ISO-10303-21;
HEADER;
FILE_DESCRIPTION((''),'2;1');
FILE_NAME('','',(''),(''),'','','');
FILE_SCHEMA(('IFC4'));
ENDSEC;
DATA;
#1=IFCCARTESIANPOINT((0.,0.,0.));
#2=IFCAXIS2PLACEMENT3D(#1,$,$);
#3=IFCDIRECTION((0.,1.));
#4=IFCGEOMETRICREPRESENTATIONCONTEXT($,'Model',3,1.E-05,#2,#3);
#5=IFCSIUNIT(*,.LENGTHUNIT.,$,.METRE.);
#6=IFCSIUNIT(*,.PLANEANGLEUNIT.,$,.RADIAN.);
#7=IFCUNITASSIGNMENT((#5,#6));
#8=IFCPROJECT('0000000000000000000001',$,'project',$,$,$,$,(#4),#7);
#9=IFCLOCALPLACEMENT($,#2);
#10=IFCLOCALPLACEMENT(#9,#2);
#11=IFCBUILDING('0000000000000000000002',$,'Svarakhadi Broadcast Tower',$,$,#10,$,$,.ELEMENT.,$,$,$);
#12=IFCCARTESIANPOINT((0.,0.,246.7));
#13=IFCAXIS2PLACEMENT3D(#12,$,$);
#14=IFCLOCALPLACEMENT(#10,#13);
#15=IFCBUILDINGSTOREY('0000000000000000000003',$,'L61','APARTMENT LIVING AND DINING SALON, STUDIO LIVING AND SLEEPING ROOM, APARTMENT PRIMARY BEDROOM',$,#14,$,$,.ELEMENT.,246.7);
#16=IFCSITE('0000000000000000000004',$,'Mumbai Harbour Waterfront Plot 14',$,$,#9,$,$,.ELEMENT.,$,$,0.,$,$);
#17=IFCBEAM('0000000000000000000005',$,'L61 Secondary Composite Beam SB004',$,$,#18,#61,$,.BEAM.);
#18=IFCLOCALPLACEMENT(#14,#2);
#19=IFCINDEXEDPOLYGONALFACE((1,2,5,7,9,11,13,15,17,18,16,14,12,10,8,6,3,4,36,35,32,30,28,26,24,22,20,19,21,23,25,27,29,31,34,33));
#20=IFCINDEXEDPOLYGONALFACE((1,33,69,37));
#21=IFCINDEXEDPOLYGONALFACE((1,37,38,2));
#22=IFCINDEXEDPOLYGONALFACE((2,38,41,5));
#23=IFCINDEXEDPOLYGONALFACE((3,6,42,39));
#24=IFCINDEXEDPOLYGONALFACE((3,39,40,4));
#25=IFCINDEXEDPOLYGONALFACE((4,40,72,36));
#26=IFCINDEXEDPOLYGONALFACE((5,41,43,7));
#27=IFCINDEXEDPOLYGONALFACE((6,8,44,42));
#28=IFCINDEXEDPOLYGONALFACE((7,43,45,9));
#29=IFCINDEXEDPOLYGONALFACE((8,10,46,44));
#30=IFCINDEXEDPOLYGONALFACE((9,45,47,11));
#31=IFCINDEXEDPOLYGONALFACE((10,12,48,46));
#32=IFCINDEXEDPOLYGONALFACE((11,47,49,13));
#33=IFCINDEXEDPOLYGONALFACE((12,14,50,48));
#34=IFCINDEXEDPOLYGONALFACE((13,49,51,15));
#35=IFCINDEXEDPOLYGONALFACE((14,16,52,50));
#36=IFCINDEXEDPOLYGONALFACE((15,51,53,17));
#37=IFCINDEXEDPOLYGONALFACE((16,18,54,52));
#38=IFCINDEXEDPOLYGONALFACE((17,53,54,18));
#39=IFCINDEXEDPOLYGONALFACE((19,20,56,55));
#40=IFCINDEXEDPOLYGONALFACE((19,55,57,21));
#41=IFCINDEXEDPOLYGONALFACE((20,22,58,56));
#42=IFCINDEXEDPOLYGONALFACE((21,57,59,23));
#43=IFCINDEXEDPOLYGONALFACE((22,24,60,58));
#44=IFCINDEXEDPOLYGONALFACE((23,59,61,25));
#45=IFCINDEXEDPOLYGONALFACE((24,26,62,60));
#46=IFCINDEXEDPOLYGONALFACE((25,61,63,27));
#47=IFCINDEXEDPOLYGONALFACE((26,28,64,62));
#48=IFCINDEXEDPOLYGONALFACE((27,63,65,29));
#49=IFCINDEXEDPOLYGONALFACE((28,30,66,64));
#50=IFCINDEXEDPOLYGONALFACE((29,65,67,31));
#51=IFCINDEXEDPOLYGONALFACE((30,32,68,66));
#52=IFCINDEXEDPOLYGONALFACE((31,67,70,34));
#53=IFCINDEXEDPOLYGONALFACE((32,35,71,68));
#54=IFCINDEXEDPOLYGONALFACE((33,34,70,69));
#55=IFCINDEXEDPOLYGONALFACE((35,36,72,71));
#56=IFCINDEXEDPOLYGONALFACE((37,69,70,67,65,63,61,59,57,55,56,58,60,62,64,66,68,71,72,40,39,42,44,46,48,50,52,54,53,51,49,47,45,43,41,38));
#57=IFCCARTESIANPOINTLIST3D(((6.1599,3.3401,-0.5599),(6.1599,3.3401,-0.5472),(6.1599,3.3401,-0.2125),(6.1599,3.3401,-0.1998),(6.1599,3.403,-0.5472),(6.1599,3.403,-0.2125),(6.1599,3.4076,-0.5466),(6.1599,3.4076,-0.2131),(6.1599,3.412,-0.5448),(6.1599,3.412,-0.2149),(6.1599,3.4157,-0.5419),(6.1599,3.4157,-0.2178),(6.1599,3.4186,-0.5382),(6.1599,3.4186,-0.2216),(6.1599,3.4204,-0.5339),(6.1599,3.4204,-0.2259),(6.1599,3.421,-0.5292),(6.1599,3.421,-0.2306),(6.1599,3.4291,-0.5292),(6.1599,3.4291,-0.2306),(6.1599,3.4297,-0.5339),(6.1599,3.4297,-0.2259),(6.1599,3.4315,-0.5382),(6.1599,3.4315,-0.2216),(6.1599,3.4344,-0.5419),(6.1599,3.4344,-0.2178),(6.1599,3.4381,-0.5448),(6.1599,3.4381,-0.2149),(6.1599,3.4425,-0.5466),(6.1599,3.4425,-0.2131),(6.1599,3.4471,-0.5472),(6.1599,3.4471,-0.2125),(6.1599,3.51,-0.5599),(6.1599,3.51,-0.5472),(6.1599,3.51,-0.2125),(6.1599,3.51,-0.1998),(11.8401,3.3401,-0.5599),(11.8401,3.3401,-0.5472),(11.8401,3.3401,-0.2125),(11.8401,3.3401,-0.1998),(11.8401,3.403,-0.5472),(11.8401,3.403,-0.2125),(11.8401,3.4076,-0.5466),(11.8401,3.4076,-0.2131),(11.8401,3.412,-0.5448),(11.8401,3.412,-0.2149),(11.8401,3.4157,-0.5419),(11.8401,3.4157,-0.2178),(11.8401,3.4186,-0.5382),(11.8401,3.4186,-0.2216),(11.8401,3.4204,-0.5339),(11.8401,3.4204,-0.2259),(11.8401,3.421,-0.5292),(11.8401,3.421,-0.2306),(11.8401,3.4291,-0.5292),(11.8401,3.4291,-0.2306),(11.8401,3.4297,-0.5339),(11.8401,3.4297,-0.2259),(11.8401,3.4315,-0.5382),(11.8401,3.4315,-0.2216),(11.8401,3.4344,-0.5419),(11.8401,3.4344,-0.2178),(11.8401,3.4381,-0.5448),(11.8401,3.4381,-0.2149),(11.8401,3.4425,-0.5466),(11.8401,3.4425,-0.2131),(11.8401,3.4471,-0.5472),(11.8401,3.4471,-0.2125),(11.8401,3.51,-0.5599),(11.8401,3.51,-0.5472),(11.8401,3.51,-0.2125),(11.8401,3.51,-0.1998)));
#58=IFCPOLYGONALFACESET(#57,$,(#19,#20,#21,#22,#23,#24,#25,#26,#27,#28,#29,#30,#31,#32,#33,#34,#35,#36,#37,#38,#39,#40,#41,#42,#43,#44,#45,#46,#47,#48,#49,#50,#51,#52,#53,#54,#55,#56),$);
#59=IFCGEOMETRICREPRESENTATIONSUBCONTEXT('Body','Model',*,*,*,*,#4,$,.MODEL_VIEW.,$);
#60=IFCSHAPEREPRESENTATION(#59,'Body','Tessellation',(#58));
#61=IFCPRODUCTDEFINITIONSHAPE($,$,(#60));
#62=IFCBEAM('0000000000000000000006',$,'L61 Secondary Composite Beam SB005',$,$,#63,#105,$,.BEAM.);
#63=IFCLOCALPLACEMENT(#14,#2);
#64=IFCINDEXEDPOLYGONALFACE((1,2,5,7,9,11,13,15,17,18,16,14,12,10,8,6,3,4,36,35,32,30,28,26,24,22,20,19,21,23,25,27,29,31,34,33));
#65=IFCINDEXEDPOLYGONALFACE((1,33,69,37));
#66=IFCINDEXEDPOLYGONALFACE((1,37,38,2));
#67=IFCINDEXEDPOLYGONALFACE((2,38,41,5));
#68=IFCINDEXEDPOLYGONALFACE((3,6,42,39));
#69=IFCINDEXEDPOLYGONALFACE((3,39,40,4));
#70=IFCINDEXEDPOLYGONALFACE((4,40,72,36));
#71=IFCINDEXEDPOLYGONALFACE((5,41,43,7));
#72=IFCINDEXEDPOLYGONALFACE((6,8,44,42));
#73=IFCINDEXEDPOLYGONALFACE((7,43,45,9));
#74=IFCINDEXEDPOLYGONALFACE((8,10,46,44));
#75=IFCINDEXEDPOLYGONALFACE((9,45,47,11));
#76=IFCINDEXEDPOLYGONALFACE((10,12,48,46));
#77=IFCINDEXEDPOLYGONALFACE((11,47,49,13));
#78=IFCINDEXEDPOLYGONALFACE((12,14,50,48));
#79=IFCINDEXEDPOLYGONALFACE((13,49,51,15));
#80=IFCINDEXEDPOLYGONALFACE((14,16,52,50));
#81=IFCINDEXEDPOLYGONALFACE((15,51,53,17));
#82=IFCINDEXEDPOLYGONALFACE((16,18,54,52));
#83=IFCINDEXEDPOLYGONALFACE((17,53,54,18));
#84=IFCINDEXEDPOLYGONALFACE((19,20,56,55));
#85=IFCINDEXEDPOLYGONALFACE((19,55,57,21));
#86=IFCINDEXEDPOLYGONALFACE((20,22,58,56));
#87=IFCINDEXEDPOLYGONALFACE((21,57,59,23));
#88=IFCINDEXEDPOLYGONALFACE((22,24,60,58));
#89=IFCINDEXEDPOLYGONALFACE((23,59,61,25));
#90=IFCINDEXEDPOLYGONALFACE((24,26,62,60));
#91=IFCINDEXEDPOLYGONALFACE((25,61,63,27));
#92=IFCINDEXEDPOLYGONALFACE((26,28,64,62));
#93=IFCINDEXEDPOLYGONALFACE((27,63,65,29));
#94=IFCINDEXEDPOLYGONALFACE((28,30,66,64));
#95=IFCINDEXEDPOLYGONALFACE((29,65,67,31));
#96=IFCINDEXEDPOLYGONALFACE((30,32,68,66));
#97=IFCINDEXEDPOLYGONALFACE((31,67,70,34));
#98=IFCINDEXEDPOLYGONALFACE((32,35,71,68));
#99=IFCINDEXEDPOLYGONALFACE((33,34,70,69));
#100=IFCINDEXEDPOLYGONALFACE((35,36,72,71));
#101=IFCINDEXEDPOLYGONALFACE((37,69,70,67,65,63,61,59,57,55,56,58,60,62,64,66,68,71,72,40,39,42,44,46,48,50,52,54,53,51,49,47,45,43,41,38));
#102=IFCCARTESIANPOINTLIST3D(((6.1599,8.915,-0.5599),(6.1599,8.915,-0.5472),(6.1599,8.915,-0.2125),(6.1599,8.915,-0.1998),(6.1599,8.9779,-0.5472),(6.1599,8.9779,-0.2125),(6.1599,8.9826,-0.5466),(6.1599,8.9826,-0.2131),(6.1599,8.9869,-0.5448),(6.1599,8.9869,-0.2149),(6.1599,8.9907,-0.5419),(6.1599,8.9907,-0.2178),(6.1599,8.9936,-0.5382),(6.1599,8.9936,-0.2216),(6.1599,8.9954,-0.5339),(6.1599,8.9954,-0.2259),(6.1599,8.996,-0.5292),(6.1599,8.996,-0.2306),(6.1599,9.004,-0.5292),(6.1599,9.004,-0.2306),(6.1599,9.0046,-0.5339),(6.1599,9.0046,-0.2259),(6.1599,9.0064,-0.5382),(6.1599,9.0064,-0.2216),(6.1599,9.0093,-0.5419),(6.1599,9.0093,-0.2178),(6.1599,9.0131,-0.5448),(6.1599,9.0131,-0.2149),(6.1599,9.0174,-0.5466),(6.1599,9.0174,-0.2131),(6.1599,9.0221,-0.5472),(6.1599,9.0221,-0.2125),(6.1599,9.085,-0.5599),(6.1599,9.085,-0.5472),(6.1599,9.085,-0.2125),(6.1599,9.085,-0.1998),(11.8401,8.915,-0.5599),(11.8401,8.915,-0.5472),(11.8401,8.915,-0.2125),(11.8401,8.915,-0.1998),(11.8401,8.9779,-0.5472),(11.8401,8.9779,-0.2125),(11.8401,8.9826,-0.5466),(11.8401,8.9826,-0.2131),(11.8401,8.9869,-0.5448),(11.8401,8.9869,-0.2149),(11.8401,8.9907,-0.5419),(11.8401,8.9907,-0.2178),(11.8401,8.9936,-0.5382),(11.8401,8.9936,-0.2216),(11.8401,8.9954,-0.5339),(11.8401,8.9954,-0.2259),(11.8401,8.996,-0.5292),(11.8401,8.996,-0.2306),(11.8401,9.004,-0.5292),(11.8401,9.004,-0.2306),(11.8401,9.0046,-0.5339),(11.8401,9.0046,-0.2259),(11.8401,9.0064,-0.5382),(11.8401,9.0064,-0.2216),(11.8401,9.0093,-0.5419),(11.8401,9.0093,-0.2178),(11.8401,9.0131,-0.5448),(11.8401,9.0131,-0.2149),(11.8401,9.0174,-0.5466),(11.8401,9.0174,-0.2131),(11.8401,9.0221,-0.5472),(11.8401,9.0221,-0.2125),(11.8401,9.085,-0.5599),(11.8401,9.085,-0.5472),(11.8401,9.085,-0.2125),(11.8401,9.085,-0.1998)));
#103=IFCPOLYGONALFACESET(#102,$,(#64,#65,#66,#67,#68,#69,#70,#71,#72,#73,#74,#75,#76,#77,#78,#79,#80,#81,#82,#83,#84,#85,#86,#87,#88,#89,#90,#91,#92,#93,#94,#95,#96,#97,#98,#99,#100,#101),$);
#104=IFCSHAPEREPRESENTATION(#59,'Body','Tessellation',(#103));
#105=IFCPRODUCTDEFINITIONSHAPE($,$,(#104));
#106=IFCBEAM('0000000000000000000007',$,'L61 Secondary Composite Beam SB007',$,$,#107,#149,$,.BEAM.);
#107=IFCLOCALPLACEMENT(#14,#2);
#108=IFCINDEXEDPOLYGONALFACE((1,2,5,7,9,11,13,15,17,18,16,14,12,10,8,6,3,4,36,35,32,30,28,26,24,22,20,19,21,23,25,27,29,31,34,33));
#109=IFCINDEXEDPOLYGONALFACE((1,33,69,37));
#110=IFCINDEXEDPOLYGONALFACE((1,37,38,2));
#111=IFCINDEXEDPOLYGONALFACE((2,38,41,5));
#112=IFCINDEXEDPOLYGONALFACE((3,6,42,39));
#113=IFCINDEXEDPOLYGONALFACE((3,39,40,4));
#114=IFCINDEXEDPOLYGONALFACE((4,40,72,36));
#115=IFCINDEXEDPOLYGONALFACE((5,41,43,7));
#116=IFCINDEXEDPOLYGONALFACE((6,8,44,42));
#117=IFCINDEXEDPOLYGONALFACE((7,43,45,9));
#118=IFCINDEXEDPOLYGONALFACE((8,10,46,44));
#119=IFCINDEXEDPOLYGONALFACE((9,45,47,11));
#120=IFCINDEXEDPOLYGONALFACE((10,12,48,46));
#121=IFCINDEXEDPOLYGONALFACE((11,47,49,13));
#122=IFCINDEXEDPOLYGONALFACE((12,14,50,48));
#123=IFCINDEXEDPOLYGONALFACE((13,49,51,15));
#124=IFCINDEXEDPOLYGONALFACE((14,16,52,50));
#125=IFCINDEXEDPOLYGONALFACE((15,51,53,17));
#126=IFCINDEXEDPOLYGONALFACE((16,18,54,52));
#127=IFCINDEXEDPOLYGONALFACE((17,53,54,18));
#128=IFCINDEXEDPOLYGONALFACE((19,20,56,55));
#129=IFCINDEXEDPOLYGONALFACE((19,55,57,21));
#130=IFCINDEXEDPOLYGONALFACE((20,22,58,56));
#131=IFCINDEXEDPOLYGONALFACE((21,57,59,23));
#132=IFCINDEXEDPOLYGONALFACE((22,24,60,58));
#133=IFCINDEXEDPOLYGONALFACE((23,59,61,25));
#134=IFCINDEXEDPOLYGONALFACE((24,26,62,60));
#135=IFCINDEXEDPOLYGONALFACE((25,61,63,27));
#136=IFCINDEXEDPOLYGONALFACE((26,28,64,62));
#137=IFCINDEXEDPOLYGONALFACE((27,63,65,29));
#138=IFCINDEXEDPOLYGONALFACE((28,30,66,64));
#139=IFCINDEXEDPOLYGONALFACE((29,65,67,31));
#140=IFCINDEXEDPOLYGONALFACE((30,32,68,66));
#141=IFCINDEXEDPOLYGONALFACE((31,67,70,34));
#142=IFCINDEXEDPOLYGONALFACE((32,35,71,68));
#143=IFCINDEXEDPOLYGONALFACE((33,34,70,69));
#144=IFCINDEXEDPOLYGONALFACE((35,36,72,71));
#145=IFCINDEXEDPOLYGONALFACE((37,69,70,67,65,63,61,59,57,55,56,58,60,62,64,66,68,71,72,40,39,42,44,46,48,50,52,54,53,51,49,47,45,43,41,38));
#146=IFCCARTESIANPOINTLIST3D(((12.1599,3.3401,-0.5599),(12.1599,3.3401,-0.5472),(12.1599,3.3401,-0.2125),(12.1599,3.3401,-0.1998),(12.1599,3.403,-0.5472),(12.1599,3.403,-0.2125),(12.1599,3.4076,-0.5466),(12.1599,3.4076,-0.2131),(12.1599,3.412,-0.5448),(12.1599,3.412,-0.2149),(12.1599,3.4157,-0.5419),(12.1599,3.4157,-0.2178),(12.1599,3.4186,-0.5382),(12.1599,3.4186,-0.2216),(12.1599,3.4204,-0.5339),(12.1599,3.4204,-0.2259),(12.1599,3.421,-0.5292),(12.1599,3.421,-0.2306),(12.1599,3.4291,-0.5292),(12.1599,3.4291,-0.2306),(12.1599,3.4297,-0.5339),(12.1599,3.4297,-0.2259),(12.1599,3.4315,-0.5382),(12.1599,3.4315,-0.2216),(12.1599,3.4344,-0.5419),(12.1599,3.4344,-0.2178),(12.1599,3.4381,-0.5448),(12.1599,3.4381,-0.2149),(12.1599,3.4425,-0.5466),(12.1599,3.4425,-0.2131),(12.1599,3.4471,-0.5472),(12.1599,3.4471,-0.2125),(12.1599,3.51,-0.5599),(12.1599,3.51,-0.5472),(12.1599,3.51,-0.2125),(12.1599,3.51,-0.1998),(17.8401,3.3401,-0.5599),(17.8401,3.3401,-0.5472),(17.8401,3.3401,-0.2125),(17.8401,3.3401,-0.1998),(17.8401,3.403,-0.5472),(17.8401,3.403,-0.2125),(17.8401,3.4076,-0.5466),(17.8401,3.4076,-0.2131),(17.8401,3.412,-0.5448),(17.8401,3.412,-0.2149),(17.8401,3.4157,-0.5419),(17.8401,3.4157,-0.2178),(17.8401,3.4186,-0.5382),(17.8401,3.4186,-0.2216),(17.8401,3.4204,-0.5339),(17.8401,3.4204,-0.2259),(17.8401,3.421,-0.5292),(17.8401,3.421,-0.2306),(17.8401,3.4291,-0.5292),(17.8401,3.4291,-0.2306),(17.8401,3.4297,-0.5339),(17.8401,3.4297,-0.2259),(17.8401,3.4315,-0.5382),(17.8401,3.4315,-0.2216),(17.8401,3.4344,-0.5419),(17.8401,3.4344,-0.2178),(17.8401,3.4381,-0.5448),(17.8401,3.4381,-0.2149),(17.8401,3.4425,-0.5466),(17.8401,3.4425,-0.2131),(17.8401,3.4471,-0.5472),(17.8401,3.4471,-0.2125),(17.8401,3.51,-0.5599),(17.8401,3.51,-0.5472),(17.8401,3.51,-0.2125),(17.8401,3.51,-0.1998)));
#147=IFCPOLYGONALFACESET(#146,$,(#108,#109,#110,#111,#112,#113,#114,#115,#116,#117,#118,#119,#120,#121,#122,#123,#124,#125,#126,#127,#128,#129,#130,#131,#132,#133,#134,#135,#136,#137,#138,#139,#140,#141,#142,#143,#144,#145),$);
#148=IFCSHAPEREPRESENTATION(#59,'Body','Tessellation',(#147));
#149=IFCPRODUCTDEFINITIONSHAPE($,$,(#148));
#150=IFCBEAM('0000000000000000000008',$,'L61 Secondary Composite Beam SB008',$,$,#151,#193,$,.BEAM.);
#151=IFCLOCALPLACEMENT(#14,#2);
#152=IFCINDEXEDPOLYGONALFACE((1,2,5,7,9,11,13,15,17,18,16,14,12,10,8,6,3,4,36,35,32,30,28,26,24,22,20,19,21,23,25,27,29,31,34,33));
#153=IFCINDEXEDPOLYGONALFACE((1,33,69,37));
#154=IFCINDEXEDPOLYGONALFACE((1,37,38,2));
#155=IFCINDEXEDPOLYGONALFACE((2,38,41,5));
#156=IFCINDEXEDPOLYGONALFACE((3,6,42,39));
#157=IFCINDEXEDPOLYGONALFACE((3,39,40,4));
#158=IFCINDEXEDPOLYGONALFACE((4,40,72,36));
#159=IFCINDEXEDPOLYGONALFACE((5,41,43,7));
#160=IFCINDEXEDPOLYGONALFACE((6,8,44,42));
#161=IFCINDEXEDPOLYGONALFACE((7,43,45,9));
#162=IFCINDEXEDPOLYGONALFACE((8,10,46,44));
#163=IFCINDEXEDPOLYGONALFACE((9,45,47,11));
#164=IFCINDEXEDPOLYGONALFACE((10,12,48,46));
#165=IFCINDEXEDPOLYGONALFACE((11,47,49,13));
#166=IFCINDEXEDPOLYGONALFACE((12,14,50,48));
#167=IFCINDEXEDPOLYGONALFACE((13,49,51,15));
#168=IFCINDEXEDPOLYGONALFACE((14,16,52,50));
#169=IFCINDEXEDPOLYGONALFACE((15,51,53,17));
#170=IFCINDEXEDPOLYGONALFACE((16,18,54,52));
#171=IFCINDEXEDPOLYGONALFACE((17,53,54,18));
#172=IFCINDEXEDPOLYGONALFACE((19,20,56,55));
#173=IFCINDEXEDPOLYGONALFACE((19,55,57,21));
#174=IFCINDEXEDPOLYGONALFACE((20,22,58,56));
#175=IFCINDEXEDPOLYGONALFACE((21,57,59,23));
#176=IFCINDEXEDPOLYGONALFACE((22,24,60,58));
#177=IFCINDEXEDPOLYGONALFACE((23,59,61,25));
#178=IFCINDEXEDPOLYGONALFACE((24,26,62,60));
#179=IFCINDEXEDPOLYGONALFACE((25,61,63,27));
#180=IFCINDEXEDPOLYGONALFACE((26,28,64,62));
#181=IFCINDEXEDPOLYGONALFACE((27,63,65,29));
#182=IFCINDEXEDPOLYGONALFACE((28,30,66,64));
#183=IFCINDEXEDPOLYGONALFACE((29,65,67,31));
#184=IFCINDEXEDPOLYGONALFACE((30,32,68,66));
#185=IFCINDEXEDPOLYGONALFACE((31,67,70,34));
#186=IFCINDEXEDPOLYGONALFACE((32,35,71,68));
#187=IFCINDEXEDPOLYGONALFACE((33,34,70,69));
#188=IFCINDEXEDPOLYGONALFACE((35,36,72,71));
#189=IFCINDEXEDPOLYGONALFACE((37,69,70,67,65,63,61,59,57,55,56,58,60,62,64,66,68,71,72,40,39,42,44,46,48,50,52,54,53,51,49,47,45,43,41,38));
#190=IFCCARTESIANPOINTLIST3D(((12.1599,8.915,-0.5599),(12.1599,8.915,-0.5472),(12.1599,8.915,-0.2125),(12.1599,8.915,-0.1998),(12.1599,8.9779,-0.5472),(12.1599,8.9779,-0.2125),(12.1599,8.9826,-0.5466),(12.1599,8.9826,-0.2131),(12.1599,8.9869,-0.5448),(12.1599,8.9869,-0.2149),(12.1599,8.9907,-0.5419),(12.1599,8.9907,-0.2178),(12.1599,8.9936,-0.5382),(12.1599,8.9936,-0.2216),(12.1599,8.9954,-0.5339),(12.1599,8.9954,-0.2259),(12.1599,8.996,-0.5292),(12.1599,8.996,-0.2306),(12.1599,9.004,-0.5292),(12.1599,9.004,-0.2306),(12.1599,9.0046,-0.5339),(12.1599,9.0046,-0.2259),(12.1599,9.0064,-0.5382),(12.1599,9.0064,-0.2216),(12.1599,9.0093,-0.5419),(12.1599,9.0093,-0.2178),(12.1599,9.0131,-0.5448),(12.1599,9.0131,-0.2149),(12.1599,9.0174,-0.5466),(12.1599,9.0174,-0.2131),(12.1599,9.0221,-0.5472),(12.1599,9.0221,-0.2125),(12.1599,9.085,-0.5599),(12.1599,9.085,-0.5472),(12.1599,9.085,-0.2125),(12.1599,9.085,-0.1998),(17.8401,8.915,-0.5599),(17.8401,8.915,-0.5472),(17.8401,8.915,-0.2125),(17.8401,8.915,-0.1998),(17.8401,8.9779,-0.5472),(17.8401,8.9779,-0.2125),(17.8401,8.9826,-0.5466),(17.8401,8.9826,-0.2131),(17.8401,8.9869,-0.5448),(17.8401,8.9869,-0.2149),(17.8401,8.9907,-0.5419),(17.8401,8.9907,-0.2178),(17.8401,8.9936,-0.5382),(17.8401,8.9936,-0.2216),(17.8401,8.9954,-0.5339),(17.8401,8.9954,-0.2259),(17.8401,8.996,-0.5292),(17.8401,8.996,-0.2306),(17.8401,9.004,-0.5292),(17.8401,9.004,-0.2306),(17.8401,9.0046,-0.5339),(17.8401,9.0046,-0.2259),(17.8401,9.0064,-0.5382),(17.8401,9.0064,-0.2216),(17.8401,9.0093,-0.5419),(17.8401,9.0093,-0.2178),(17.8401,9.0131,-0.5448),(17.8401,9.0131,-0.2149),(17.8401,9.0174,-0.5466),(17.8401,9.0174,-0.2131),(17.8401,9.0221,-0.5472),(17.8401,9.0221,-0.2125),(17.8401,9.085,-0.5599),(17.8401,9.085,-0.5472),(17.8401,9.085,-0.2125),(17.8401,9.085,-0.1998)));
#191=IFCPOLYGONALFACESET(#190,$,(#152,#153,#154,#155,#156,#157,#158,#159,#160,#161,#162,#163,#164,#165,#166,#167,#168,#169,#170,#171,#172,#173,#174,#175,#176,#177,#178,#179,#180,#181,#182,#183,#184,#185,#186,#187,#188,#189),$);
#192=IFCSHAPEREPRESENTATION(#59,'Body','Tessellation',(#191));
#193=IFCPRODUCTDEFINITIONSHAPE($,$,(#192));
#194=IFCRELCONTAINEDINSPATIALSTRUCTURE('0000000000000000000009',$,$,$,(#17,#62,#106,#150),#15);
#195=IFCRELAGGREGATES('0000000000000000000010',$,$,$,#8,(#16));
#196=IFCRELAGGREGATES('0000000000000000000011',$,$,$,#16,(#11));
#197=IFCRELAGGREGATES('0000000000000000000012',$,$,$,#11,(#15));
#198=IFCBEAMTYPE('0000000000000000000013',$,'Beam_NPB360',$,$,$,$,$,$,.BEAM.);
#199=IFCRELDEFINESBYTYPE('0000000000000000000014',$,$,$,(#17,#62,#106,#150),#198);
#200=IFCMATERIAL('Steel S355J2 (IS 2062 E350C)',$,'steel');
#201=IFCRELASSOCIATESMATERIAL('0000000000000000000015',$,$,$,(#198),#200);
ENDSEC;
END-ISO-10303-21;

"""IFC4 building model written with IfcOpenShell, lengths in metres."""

from ifc_helpers import new_model, si_unit, direction, frame, origin, origin_2d, place, context, subcontext, project, spatial, i_section, extrude, material, material_profile, profile_set, type_object, element, save


model = new_model("IFC4")

# Units and contexts
model_context = context("Model", 3, precision=1e-05, world=origin(), true_north=direction((0.0, 1.0)))
body_context = subcontext(model_context, "Body", "Model", "MODEL_VIEW")
ifc_project = project(units=[si_unit("LENGTHUNIT", "METRE"), si_unit("PLANEANGLEUNIT", "RADIAN")], contexts=[model_context])

# Site, building, storey
site_placement = place(None, origin())
site = spatial("IfcSite", under=ifc_project, at=site_placement, Name="Mumbai Harbour Waterfront Plot 14", CompositionType="ELEMENT", RefElevation=0.0)
building_placement = place(site_placement, origin())
building = spatial("IfcBuilding", under=site, at=building_placement, Name="Svarakhadi Broadcast Tower", CompositionType="ELEMENT")
storey_placement = place(building_placement, frame((0.0, 0.0, 246.7)))
storey = spatial("IfcBuildingStorey", under=building, at=storey_placement, Name="L61", Description="APARTMENT LIVING AND DINING SALON, STUDIO LIVING AND SLEEPING ROOM, APARTMENT PRIMARY BEDROOM", CompositionType="ELEMENT", Elevation=246.7)

# Beams
ifc_material_1 = material(Name="Steel S355J2 (IS 2062 E350C)", Category="steel")
ifc_material_profile_1 = material_profile(ifc_material_1, i_section(OverallWidth=0.1699, OverallDepth=0.3601, WebThickness=0.0081, FlangeThickness=0.0127, FilletRadius=0.0181, at=origin_2d()), Name="NPB 360x170x57")
ifc_profile_set_1 = profile_set([ifc_material_profile_1], Name="Steel S355J2 (IS 2062 E350C)")
beam_type_1 = type_object("IfcBeamType", Name="Beam_NPB360", PredefinedType="BEAM", material=ifc_profile_set_1)
for number, where, z_axis, x_axis, name in (
    (1, (6.1599, 3.425, -0.3799), (1.0, 0.0, 0.0), (0.0, 1.0, 0.0), "L61 Secondary Composite Beam SB004"),
    (2, (6.1599, 9.0, -0.3799), (1.0, 0.0, 0.0), (0.0, 1.0, 0.0), "L61 Secondary Composite Beam SB005"),
    (3, (12.1599, 3.425, -0.3799), (1.0, 0.0, 0.0), (0.0, 1.0, 0.0), "L61 Secondary Composite Beam SB007"),
    (4, (12.1599, 9.0, -0.3799), (1.0, 0.0, 0.0), (0.0, 1.0, 0.0), "L61 Secondary Composite Beam SB008"),
):
    element("IfcBeam", number, at=place(storey_placement, frame(where, z_axis=z_axis, x_axis=x_axis)), inside=storey, type_object=beam_type_1, Name=name, PredefinedType="BEAM", context=body_context, shape_type="SweptSolid", body=[
        extrude(i_section(OverallWidth=0.1699, OverallDepth=0.3601, WebThickness=0.0081, FlangeThickness=0.0127, FilletRadius=0.0181, at=origin_2d()), origin(), (0.0, 0.0, 1.0), 5.6802),
    ])

save(model, "model.ifc")
